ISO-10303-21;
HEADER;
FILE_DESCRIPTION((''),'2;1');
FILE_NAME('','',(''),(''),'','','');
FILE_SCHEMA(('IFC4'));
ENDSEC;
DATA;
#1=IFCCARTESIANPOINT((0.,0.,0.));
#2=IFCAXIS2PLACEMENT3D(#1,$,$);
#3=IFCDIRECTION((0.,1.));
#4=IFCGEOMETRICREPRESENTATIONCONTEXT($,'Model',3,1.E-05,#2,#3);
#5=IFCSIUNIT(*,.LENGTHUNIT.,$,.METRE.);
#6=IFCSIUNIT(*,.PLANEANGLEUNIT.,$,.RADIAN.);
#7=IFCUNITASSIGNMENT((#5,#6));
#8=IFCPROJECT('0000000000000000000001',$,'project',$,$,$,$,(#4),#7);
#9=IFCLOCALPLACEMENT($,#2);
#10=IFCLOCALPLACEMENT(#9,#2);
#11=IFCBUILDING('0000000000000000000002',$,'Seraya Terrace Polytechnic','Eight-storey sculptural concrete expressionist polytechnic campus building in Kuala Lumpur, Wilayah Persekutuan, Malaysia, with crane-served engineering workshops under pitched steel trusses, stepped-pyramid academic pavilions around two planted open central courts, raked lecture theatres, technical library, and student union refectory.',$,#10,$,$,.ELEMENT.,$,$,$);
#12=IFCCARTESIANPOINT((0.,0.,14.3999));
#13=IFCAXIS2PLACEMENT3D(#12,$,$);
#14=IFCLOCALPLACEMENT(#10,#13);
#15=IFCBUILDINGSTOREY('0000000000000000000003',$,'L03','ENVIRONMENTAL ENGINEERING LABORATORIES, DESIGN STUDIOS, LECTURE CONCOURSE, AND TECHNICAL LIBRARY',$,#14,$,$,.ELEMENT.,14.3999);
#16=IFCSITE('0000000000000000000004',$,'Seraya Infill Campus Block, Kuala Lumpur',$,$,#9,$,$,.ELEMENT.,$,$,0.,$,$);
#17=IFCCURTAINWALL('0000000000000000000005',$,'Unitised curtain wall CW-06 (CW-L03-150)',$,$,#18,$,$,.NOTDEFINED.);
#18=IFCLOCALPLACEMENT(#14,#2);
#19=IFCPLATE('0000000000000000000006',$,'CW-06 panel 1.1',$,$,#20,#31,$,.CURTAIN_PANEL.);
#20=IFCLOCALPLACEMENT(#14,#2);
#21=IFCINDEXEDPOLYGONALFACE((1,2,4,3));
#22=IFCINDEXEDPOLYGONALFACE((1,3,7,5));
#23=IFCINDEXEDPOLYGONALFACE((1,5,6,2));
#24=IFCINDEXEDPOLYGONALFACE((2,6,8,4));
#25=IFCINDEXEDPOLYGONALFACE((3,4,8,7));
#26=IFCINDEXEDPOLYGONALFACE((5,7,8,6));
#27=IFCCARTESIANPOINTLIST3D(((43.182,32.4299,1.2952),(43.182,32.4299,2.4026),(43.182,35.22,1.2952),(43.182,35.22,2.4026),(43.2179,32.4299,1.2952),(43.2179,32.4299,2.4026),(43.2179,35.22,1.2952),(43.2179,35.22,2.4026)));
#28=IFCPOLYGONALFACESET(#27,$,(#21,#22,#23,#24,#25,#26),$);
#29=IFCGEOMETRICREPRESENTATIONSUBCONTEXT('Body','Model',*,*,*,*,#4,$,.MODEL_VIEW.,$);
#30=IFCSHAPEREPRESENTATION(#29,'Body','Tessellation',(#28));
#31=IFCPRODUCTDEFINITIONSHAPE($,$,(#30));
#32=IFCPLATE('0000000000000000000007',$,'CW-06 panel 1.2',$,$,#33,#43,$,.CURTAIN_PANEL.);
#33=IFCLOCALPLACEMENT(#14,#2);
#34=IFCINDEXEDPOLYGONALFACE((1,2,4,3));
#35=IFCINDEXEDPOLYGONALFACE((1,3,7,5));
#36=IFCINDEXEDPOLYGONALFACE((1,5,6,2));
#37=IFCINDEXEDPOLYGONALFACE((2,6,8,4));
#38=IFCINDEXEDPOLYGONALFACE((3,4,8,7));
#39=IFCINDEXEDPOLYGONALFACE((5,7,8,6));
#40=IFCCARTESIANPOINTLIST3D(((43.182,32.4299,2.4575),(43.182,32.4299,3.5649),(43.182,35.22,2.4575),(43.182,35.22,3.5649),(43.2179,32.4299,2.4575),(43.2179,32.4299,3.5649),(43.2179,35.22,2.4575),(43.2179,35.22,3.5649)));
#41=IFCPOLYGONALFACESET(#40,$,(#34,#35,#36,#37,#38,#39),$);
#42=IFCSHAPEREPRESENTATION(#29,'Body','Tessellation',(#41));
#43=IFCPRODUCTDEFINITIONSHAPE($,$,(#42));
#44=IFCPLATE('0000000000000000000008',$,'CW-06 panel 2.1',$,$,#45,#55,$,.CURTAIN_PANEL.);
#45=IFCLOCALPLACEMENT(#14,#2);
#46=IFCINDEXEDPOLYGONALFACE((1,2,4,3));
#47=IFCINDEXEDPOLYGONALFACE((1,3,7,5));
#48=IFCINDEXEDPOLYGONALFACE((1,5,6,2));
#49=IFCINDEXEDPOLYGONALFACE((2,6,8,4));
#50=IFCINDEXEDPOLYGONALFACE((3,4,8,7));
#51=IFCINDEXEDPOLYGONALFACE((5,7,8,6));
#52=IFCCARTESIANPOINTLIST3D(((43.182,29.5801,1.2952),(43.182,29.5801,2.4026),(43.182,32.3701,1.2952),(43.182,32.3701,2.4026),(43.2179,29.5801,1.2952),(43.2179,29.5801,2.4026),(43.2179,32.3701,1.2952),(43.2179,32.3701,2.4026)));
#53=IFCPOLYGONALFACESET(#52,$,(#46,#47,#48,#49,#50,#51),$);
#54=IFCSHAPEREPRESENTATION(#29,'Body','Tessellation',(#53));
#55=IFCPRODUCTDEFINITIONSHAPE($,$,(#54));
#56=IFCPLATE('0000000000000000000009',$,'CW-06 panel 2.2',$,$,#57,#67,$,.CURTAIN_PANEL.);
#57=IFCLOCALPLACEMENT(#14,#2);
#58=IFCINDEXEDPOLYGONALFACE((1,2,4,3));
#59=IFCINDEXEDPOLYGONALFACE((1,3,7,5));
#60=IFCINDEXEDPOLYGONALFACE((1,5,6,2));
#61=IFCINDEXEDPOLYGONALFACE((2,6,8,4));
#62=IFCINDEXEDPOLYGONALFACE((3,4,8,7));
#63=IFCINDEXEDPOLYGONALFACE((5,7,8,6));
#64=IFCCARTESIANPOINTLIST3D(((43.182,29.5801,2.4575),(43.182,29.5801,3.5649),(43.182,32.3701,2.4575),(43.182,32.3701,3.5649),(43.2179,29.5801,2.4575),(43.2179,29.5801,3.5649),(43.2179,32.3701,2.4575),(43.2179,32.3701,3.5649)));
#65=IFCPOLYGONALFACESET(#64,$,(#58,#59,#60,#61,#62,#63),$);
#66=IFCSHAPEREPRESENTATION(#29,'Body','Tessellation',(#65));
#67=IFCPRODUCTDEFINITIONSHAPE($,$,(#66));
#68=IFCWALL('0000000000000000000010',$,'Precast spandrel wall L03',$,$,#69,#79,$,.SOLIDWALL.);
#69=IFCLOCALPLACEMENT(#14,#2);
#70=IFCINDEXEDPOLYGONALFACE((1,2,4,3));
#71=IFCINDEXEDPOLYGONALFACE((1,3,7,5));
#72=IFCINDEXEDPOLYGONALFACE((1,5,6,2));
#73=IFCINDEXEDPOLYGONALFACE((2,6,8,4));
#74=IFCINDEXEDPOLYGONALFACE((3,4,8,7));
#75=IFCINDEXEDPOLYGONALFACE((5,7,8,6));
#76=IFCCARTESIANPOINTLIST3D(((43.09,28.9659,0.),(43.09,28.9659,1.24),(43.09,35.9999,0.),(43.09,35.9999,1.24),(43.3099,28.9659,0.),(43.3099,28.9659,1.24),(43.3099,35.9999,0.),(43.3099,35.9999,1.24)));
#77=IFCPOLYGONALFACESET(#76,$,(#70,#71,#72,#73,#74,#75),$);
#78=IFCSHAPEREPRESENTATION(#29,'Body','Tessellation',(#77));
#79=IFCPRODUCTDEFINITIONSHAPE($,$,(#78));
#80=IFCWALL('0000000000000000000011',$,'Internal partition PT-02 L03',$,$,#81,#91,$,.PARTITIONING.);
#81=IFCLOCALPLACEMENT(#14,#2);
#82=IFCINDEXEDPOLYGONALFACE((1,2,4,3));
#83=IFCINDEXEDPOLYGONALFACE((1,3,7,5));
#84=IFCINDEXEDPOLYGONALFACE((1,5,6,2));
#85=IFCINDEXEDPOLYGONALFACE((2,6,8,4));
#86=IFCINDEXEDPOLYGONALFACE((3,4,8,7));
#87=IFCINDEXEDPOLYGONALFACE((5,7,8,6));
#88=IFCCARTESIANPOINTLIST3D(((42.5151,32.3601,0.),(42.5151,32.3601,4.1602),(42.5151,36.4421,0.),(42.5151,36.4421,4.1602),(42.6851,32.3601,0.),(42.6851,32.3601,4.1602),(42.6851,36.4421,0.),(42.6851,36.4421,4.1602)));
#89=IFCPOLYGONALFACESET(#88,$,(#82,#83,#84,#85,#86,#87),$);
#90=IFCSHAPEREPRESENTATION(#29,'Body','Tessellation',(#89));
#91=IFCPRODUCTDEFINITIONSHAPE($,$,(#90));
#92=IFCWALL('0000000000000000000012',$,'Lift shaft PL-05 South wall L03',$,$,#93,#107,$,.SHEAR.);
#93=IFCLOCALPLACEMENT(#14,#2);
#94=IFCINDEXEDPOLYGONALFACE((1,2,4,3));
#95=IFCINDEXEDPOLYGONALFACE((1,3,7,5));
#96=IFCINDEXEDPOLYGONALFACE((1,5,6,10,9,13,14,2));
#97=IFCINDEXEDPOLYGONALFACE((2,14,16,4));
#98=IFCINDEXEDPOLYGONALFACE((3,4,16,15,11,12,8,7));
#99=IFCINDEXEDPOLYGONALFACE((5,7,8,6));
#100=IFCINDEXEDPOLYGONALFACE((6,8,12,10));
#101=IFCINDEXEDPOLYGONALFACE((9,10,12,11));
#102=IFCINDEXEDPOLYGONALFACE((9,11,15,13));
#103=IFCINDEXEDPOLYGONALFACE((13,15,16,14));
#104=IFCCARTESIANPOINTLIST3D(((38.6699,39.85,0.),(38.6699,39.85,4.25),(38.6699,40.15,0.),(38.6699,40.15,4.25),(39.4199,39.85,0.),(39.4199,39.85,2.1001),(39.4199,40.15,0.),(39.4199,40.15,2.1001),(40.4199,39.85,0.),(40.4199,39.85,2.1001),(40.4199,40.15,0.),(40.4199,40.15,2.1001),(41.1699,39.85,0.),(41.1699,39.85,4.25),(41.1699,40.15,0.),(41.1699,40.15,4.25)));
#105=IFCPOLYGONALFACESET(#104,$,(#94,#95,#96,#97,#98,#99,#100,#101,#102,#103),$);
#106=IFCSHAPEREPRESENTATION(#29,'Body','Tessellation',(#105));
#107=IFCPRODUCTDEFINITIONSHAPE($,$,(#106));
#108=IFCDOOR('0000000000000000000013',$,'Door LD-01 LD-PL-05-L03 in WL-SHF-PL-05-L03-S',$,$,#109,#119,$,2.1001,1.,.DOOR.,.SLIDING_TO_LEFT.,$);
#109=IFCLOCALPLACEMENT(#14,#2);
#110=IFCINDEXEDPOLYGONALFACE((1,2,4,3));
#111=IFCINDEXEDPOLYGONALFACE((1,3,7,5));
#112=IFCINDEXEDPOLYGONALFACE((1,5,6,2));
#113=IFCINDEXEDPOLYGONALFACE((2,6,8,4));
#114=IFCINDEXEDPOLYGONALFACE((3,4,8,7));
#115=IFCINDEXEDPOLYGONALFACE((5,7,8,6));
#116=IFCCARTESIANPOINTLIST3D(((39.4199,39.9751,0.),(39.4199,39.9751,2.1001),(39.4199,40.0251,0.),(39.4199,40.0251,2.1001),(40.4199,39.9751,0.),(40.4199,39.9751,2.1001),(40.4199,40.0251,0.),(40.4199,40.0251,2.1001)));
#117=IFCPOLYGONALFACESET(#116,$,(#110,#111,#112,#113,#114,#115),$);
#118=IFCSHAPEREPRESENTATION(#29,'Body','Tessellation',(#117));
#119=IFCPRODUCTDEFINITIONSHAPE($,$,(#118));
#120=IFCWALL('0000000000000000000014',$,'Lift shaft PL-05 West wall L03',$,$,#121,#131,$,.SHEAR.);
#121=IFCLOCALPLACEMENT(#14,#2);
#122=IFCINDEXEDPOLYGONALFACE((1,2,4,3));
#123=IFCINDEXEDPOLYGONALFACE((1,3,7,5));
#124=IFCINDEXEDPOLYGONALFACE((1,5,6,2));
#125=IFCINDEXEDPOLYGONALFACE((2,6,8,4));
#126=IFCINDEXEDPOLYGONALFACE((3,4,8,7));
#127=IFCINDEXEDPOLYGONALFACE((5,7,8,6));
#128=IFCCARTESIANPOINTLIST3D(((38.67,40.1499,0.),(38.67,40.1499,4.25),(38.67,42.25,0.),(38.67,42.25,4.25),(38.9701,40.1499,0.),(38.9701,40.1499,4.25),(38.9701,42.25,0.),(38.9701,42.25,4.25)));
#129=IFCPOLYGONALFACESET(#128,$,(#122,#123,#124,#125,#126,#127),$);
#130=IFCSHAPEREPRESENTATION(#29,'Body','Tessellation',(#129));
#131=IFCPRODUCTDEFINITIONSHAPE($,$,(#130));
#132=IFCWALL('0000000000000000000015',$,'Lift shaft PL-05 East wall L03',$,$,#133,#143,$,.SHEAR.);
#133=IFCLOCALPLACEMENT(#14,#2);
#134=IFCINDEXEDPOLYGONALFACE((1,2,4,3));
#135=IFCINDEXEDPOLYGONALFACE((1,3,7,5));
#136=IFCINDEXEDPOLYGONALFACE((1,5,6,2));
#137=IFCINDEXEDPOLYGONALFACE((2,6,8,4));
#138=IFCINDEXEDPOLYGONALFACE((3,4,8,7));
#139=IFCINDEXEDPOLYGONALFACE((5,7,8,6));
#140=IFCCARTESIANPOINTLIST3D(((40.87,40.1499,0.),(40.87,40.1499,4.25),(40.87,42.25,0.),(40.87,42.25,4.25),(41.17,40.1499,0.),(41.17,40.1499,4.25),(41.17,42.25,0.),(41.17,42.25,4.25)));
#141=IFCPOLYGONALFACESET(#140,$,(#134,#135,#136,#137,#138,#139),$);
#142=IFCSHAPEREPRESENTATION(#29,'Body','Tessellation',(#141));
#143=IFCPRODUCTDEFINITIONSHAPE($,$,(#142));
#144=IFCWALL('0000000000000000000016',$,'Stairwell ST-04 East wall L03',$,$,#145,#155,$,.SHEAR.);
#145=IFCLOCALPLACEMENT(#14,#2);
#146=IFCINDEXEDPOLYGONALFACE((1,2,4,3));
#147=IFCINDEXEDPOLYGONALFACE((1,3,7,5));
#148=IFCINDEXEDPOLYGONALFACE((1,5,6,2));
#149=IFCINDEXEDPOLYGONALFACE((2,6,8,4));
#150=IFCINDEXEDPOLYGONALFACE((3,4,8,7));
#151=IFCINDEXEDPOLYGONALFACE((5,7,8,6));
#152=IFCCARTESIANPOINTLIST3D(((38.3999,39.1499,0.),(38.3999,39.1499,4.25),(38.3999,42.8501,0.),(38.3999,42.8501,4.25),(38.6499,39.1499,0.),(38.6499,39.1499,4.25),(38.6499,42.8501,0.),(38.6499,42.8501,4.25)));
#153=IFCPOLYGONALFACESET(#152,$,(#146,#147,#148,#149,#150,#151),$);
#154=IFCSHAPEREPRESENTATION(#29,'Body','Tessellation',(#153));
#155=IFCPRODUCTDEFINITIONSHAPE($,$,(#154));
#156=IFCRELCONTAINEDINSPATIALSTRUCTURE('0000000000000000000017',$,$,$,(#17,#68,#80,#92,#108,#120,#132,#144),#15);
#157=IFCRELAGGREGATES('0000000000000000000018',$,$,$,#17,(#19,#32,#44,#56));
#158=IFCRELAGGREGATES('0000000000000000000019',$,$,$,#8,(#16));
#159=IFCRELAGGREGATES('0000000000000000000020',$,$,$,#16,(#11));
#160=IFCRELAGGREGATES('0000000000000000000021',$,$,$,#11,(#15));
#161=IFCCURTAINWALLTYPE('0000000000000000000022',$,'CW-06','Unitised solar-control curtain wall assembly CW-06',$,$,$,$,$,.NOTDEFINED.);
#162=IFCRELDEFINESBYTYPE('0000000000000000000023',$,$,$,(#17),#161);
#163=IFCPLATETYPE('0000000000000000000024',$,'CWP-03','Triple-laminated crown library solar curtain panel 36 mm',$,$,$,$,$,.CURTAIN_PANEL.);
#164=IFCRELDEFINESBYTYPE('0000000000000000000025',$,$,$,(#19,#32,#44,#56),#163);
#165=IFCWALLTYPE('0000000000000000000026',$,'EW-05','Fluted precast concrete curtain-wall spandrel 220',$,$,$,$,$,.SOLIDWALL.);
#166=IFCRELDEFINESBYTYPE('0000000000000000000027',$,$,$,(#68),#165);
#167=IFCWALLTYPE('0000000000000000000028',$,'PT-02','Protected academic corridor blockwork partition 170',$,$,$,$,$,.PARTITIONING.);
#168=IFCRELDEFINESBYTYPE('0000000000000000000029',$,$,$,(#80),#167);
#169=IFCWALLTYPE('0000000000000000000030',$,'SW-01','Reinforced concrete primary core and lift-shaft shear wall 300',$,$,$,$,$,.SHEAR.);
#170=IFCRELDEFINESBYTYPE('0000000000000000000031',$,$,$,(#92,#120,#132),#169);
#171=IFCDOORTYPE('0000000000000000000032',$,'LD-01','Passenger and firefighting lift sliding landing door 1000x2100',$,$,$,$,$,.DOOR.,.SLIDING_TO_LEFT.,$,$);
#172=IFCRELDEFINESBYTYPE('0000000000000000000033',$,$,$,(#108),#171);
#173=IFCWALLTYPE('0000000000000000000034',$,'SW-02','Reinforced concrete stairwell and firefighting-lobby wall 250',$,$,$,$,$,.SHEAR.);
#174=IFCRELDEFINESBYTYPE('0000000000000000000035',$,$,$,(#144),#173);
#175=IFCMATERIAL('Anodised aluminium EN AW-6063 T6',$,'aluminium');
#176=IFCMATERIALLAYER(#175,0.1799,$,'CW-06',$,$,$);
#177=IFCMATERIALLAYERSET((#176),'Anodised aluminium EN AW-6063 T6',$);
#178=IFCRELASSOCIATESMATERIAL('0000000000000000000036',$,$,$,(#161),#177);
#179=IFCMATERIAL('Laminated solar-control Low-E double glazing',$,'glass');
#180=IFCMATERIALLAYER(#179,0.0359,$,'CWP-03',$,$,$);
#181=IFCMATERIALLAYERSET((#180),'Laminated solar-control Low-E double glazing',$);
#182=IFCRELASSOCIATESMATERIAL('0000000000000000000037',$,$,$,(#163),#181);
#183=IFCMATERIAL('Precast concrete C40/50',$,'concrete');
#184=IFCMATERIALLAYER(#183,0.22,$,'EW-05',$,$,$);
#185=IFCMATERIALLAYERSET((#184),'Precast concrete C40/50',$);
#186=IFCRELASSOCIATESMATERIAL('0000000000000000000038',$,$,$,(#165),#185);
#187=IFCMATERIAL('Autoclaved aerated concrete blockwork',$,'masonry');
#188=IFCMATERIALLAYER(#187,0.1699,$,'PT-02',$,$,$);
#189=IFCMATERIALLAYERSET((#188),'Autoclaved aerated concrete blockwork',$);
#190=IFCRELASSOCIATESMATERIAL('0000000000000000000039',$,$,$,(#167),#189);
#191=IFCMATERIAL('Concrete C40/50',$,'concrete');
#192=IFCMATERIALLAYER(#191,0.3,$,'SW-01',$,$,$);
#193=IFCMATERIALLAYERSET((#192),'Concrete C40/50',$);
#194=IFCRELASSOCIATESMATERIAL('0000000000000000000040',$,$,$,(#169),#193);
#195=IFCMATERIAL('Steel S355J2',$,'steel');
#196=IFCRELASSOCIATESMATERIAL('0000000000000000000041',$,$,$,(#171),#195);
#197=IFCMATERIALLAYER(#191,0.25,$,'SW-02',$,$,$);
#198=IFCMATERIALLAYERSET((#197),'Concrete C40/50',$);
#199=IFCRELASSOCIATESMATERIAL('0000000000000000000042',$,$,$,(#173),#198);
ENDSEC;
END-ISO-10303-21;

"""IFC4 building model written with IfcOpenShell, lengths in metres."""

from ifc_helpers import new_model, si_unit, direction, frame, frame_2d, origin, origin_2d, place, context, subcontext, project, spatial, rectangle, extrude, material, layer, layer_set, type_object, element, fill, aggregate, save


model = new_model("IFC4")

# Units and contexts
model_context = context("Model", 3, precision=1e-05, world=origin(), true_north=direction((0.0, 1.0)))
body_context = subcontext(model_context, "Body", "Model", "MODEL_VIEW")
ifc_project = project(units=[si_unit("LENGTHUNIT", "METRE"), si_unit("PLANEANGLEUNIT", "RADIAN")], contexts=[model_context])

# Site, building, storey
site_placement = place(None, origin())
site = spatial("IfcSite", under=ifc_project, at=site_placement, Name="Seraya Infill Campus Block, Kuala Lumpur", CompositionType="ELEMENT", RefElevation=0.0)
building_placement = place(site_placement, origin())
building = spatial("IfcBuilding", under=site, at=building_placement, Name="Seraya Terrace Polytechnic", Description="Eight-storey sculptural concrete expressionist polytechnic campus building in Kuala Lumpur, Wilayah Persekutuan, Malaysia, with crane-served engineering workshops under pitched steel trusses, stepped-pyramid academic pavilions around two planted open central courts, raked lecture theatres, technical library, and student union refectory.", CompositionType="ELEMENT")
storey_placement = place(building_placement, frame((0.0, 0.0, 14.3999)))
storey = spatial("IfcBuildingStorey", under=building, at=storey_placement, Name="L03", Description="ENVIRONMENTAL ENGINEERING LABORATORIES, DESIGN STUDIOS, LECTURE CONCOURSE, AND TECHNICAL LIBRARY", CompositionType="ELEMENT", Elevation=14.3999)

# Shared definitions
ifc_material_1 = material(Name="Concrete C40/50", Category="concrete")

# Curtain wall
ifc_material_2 = material(Name="Anodised aluminium EN AW-6063 T6", Category="aluminium")
ifc_layer_1 = layer(ifc_material_2, 0.1799, Name="CW-06")
ifc_layer_set_1 = layer_set([ifc_layer_1], Name="Anodised aluminium EN AW-6063 T6")
curtain_wall_type_1 = type_object("IfcCurtainWallType", Name="CW-06", Description="Unitised solar-control curtain wall assembly CW-06", PredefinedType="NOTDEFINED", material=ifc_layer_set_1)
curtain_wall_1_placement = place(storey_placement, origin())
curtain_wall_1 = element("IfcCurtainWall", 1, at=curtain_wall_1_placement, inside=storey, type_object=curtain_wall_type_1, Name="Unitised curtain wall CW-06 (CW-L03-150)", PredefinedType="NOTDEFINED")

# Plates
ifc_material_3 = material(Name="Laminated solar-control Low-E double glazing", Category="glass")
ifc_layer_2 = layer(ifc_material_3, 0.0359, Name="CWP-03")
ifc_layer_set_2 = layer_set([ifc_layer_2], Name="Laminated solar-control Low-E double glazing")
plate_type_1 = type_object("IfcPlateType", Name="CWP-03", Description="Triple-laminated crown library solar curtain panel 36 mm", PredefinedType="CURTAIN_PANEL", material=ifc_layer_set_2)
plate_1_placement = place(storey_placement, frame((43.2, 33.825, 1.2952), z_axis=(0.0, 0.0, 1.0), x_axis=(0.0, -1.0, 0.0)))
plate_1 = element("IfcPlate", 2, at=plate_1_placement, type_object=plate_type_1, Name="CW-06 panel 1.1", PredefinedType="CURTAIN_PANEL", context=body_context, shape_type="SweptSolid", body=[
    extrude(rectangle(XDim=2.79, YDim=0.0359, at=origin_2d()), origin(), (0.0, 0.0, 1.0), 1.1074),
])
plate_2_placement = place(storey_placement, frame((43.2, 33.825, 2.4575), z_axis=(0.0, 0.0, 1.0), x_axis=(0.0, -1.0, 0.0)))
plate_2 = element("IfcPlate", 3, at=plate_2_placement, type_object=plate_type_1, Name="CW-06 panel 1.2", PredefinedType="CURTAIN_PANEL", context=body_context, shape_type="SweptSolid", body=[
    extrude(rectangle(XDim=2.79, YDim=0.0359, at=origin_2d()), origin(), (0.0, 0.0, 1.0), 1.1074),
])
plate_3_placement = place(storey_placement, frame((43.2, 30.9751, 1.2952), z_axis=(0.0, 0.0, 1.0), x_axis=(0.0, -1.0, 0.0)))
plate_3 = element("IfcPlate", 4, at=plate_3_placement, type_object=plate_type_1, Name="CW-06 panel 2.1", PredefinedType="CURTAIN_PANEL", context=body_context, shape_type="SweptSolid", body=[
    extrude(rectangle(XDim=2.79, YDim=0.0359, at=origin_2d()), origin(), (0.0, 0.0, 1.0), 1.1074),
])
plate_4_placement = place(storey_placement, frame((43.2, 30.9751, 2.4575), z_axis=(0.0, 0.0, 1.0), x_axis=(0.0, -1.0, 0.0)))
plate_4 = element("IfcPlate", 5, at=plate_4_placement, type_object=plate_type_1, Name="CW-06 panel 2.2", PredefinedType="CURTAIN_PANEL", context=body_context, shape_type="SweptSolid", body=[
    extrude(rectangle(XDim=2.79, YDim=0.0359, at=origin_2d()), origin(), (0.0, 0.0, 1.0), 1.1074),
])
aggregate(curtain_wall_1, [plate_1, plate_2, plate_3, plate_4])

# Walls
ifc_material_4 = material(Name="Precast concrete C40/50", Category="concrete")
ifc_layer_3 = layer(ifc_material_4, 0.22, Name="EW-05")
ifc_layer_set_3 = layer_set([ifc_layer_3], Name="Precast concrete C40/50")
wall_type_1 = type_object("IfcWallType", Name="EW-05", Description="Fluted precast concrete curtain-wall spandrel 220", PredefinedType="SOLIDWALL", material=ifc_layer_set_3)
wall_1_placement = place(storey_placement, frame((43.2, 36.0, 0.0), z_axis=(0.0, 0.0, 1.0), x_axis=(0.0, -1.0, 0.0)))
element("IfcWall", 6, at=wall_1_placement, inside=storey, type_object=wall_type_1, Name="Precast spandrel wall L03", PredefinedType="SOLIDWALL", context=body_context, shape_type="SweptSolid", body=[
    extrude(rectangle(XDim=7.0339, YDim=0.22, at=frame_2d((3.5171, 0.0))), origin(), (0.0, 0.0, 1.0), 1.24),
])
ifc_material_5 = material(Name="Autoclaved aerated concrete blockwork", Category="masonry")
ifc_layer_4 = layer(ifc_material_5, 0.1699, Name="PT-02")
ifc_layer_set_4 = layer_set([ifc_layer_4], Name="Autoclaved aerated concrete blockwork")
wall_type_2 = type_object("IfcWallType", Name="PT-02", Description="Protected academic corridor blockwork partition 170", PredefinedType="PARTITIONING", material=ifc_layer_set_4)
wall_2_placement = place(storey_placement, frame((42.6001, 32.3601, 0.0), z_axis=(0.0, 0.0, 1.0), x_axis=(0.0, 1.0, 0.0)))
element("IfcWall", 7, at=wall_2_placement, inside=storey, type_object=wall_type_2, Name="Internal partition PT-02 L03", PredefinedType="PARTITIONING", context=body_context, shape_type="SweptSolid", body=[
    extrude(rectangle(XDim=4.082, YDim=0.1699, at=frame_2d((2.041, 0.0))), origin(), (0.0, 0.0, 1.0), 4.1602),
])

# Wall, opening, door
ifc_layer_5 = layer(ifc_material_1, 0.3, Name="SW-01")
ifc_layer_set_5 = layer_set([ifc_layer_5], Name="Concrete C40/50")
wall_type_3 = type_object("IfcWallType", Name="SW-01", Description="Reinforced concrete primary core and lift-shaft shear wall 300", PredefinedType="SHEAR", material=ifc_layer_set_5)
wall_3_placement = place(storey_placement, frame((38.6699, 40.0, 0.0), z_axis=(0.0, 0.0, 1.0), x_axis=(1.0, 0.0, 0.0)))
wall_3 = element("IfcWall", 8, at=wall_3_placement, inside=storey, type_object=wall_type_3, Name="Lift shaft PL-05 South wall L03", PredefinedType="SHEAR", context=body_context, shape_type="SweptSolid", body=[
    extrude(rectangle(XDim=2.5, YDim=0.3, at=frame_2d((1.25, 0.0))), origin(), (0.0, 0.0, 1.0), 4.25),
])
opening_placement = place(wall_3_placement, frame((0.75, 0.0, 0.0)))
opening = element("IfcOpeningElement", 9, at=opening_placement, cuts=wall_3, PredefinedType="OPENING", context=body_context, shape_type="SweptSolid", body=[
    extrude(rectangle(XDim=1.0, YDim=2.1001, at=frame_2d((0.5, 1.05))), frame((0.0, 0.1621, 0.0), z_axis=(0.0, -1.0, 0.0), x_axis=(1.0, 0.0, 0.0)), (0.0, 0.0, 1.0), 0.324),
])
ifc_material_6 = material(Name="Steel S355J2", Category="steel")
door_type = type_object("IfcDoorType", Name="LD-01", Description="Passenger and firefighting lift sliding landing door 1000x2100", OperationType="SLIDING_TO_LEFT", PredefinedType="DOOR", material=ifc_material_6)
door_placement = place(opening_placement, frame((1.0, 0.0, 0.0), z_axis=(0.0, 0.0, 1.0), x_axis=(-1.0, 0.0, 0.0)))
door = element("IfcDoor", 10, at=door_placement, inside=storey, type_object=door_type, Name="Door LD-01 LD-PL-05-L03 in WL-SHF-PL-05-L03-S", OperationType="SLIDING_TO_LEFT", OverallHeight=2.1001, OverallWidth=1.0, PredefinedType="DOOR", context=body_context, shape_type="SweptSolid", body=[
    extrude(rectangle(XDim=1.0, YDim=2.1001, at=frame_2d((0.5, 1.05))), frame((0.0, 0.0249, 0.0), z_axis=(0.0, -1.0, 0.0), x_axis=(1.0, 0.0, 0.0)), (0.0, 0.0, 1.0), 0.05),
])
fill(opening, door)

# Walls
for number, where, z_axis, x_axis, name in (
    (11, (38.8201, 40.1499, 0.0), (0.0, 0.0, 1.0), (0.0, 1.0, 0.0), "Lift shaft PL-05 West wall L03"),
    (12, (41.02, 40.1499, 0.0), (0.0, 0.0, 1.0), (0.0, 1.0, 0.0), "Lift shaft PL-05 East wall L03"),
):
    element("IfcWall", number, at=place(storey_placement, frame(where, z_axis=z_axis, x_axis=x_axis)), inside=storey, type_object=wall_type_3, Name=name, PredefinedType="SHEAR", context=body_context, shape_type="SweptSolid", body=[
        extrude(rectangle(XDim=2.1001, YDim=0.3, at=frame_2d((1.05, 0.0))), origin(), (0.0, 0.0, 1.0), 4.25),
    ])
ifc_layer_6 = layer(ifc_material_1, 0.25, Name="SW-02")
ifc_layer_set_6 = layer_set([ifc_layer_6], Name="Concrete C40/50")
wall_type_4 = type_object("IfcWallType", Name="SW-02", Description="Reinforced concrete stairwell and firefighting-lobby wall 250", PredefinedType="SHEAR", material=ifc_layer_set_6)
wall_4_placement = place(storey_placement, frame((38.5249, 39.1499, 0.0), z_axis=(0.0, 0.0, 1.0), x_axis=(0.0, 1.0, 0.0)))
element("IfcWall", 13, at=wall_4_placement, inside=storey, type_object=wall_type_4, Name="Stairwell ST-04 East wall L03", PredefinedType="SHEAR", context=body_context, shape_type="SweptSolid", body=[
    extrude(rectangle(XDim=3.7002, YDim=0.25, at=frame_2d((1.8501, 0.0))), origin(), (0.0, 0.0, 1.0), 4.25),
])

save(model, "model.ifc")
